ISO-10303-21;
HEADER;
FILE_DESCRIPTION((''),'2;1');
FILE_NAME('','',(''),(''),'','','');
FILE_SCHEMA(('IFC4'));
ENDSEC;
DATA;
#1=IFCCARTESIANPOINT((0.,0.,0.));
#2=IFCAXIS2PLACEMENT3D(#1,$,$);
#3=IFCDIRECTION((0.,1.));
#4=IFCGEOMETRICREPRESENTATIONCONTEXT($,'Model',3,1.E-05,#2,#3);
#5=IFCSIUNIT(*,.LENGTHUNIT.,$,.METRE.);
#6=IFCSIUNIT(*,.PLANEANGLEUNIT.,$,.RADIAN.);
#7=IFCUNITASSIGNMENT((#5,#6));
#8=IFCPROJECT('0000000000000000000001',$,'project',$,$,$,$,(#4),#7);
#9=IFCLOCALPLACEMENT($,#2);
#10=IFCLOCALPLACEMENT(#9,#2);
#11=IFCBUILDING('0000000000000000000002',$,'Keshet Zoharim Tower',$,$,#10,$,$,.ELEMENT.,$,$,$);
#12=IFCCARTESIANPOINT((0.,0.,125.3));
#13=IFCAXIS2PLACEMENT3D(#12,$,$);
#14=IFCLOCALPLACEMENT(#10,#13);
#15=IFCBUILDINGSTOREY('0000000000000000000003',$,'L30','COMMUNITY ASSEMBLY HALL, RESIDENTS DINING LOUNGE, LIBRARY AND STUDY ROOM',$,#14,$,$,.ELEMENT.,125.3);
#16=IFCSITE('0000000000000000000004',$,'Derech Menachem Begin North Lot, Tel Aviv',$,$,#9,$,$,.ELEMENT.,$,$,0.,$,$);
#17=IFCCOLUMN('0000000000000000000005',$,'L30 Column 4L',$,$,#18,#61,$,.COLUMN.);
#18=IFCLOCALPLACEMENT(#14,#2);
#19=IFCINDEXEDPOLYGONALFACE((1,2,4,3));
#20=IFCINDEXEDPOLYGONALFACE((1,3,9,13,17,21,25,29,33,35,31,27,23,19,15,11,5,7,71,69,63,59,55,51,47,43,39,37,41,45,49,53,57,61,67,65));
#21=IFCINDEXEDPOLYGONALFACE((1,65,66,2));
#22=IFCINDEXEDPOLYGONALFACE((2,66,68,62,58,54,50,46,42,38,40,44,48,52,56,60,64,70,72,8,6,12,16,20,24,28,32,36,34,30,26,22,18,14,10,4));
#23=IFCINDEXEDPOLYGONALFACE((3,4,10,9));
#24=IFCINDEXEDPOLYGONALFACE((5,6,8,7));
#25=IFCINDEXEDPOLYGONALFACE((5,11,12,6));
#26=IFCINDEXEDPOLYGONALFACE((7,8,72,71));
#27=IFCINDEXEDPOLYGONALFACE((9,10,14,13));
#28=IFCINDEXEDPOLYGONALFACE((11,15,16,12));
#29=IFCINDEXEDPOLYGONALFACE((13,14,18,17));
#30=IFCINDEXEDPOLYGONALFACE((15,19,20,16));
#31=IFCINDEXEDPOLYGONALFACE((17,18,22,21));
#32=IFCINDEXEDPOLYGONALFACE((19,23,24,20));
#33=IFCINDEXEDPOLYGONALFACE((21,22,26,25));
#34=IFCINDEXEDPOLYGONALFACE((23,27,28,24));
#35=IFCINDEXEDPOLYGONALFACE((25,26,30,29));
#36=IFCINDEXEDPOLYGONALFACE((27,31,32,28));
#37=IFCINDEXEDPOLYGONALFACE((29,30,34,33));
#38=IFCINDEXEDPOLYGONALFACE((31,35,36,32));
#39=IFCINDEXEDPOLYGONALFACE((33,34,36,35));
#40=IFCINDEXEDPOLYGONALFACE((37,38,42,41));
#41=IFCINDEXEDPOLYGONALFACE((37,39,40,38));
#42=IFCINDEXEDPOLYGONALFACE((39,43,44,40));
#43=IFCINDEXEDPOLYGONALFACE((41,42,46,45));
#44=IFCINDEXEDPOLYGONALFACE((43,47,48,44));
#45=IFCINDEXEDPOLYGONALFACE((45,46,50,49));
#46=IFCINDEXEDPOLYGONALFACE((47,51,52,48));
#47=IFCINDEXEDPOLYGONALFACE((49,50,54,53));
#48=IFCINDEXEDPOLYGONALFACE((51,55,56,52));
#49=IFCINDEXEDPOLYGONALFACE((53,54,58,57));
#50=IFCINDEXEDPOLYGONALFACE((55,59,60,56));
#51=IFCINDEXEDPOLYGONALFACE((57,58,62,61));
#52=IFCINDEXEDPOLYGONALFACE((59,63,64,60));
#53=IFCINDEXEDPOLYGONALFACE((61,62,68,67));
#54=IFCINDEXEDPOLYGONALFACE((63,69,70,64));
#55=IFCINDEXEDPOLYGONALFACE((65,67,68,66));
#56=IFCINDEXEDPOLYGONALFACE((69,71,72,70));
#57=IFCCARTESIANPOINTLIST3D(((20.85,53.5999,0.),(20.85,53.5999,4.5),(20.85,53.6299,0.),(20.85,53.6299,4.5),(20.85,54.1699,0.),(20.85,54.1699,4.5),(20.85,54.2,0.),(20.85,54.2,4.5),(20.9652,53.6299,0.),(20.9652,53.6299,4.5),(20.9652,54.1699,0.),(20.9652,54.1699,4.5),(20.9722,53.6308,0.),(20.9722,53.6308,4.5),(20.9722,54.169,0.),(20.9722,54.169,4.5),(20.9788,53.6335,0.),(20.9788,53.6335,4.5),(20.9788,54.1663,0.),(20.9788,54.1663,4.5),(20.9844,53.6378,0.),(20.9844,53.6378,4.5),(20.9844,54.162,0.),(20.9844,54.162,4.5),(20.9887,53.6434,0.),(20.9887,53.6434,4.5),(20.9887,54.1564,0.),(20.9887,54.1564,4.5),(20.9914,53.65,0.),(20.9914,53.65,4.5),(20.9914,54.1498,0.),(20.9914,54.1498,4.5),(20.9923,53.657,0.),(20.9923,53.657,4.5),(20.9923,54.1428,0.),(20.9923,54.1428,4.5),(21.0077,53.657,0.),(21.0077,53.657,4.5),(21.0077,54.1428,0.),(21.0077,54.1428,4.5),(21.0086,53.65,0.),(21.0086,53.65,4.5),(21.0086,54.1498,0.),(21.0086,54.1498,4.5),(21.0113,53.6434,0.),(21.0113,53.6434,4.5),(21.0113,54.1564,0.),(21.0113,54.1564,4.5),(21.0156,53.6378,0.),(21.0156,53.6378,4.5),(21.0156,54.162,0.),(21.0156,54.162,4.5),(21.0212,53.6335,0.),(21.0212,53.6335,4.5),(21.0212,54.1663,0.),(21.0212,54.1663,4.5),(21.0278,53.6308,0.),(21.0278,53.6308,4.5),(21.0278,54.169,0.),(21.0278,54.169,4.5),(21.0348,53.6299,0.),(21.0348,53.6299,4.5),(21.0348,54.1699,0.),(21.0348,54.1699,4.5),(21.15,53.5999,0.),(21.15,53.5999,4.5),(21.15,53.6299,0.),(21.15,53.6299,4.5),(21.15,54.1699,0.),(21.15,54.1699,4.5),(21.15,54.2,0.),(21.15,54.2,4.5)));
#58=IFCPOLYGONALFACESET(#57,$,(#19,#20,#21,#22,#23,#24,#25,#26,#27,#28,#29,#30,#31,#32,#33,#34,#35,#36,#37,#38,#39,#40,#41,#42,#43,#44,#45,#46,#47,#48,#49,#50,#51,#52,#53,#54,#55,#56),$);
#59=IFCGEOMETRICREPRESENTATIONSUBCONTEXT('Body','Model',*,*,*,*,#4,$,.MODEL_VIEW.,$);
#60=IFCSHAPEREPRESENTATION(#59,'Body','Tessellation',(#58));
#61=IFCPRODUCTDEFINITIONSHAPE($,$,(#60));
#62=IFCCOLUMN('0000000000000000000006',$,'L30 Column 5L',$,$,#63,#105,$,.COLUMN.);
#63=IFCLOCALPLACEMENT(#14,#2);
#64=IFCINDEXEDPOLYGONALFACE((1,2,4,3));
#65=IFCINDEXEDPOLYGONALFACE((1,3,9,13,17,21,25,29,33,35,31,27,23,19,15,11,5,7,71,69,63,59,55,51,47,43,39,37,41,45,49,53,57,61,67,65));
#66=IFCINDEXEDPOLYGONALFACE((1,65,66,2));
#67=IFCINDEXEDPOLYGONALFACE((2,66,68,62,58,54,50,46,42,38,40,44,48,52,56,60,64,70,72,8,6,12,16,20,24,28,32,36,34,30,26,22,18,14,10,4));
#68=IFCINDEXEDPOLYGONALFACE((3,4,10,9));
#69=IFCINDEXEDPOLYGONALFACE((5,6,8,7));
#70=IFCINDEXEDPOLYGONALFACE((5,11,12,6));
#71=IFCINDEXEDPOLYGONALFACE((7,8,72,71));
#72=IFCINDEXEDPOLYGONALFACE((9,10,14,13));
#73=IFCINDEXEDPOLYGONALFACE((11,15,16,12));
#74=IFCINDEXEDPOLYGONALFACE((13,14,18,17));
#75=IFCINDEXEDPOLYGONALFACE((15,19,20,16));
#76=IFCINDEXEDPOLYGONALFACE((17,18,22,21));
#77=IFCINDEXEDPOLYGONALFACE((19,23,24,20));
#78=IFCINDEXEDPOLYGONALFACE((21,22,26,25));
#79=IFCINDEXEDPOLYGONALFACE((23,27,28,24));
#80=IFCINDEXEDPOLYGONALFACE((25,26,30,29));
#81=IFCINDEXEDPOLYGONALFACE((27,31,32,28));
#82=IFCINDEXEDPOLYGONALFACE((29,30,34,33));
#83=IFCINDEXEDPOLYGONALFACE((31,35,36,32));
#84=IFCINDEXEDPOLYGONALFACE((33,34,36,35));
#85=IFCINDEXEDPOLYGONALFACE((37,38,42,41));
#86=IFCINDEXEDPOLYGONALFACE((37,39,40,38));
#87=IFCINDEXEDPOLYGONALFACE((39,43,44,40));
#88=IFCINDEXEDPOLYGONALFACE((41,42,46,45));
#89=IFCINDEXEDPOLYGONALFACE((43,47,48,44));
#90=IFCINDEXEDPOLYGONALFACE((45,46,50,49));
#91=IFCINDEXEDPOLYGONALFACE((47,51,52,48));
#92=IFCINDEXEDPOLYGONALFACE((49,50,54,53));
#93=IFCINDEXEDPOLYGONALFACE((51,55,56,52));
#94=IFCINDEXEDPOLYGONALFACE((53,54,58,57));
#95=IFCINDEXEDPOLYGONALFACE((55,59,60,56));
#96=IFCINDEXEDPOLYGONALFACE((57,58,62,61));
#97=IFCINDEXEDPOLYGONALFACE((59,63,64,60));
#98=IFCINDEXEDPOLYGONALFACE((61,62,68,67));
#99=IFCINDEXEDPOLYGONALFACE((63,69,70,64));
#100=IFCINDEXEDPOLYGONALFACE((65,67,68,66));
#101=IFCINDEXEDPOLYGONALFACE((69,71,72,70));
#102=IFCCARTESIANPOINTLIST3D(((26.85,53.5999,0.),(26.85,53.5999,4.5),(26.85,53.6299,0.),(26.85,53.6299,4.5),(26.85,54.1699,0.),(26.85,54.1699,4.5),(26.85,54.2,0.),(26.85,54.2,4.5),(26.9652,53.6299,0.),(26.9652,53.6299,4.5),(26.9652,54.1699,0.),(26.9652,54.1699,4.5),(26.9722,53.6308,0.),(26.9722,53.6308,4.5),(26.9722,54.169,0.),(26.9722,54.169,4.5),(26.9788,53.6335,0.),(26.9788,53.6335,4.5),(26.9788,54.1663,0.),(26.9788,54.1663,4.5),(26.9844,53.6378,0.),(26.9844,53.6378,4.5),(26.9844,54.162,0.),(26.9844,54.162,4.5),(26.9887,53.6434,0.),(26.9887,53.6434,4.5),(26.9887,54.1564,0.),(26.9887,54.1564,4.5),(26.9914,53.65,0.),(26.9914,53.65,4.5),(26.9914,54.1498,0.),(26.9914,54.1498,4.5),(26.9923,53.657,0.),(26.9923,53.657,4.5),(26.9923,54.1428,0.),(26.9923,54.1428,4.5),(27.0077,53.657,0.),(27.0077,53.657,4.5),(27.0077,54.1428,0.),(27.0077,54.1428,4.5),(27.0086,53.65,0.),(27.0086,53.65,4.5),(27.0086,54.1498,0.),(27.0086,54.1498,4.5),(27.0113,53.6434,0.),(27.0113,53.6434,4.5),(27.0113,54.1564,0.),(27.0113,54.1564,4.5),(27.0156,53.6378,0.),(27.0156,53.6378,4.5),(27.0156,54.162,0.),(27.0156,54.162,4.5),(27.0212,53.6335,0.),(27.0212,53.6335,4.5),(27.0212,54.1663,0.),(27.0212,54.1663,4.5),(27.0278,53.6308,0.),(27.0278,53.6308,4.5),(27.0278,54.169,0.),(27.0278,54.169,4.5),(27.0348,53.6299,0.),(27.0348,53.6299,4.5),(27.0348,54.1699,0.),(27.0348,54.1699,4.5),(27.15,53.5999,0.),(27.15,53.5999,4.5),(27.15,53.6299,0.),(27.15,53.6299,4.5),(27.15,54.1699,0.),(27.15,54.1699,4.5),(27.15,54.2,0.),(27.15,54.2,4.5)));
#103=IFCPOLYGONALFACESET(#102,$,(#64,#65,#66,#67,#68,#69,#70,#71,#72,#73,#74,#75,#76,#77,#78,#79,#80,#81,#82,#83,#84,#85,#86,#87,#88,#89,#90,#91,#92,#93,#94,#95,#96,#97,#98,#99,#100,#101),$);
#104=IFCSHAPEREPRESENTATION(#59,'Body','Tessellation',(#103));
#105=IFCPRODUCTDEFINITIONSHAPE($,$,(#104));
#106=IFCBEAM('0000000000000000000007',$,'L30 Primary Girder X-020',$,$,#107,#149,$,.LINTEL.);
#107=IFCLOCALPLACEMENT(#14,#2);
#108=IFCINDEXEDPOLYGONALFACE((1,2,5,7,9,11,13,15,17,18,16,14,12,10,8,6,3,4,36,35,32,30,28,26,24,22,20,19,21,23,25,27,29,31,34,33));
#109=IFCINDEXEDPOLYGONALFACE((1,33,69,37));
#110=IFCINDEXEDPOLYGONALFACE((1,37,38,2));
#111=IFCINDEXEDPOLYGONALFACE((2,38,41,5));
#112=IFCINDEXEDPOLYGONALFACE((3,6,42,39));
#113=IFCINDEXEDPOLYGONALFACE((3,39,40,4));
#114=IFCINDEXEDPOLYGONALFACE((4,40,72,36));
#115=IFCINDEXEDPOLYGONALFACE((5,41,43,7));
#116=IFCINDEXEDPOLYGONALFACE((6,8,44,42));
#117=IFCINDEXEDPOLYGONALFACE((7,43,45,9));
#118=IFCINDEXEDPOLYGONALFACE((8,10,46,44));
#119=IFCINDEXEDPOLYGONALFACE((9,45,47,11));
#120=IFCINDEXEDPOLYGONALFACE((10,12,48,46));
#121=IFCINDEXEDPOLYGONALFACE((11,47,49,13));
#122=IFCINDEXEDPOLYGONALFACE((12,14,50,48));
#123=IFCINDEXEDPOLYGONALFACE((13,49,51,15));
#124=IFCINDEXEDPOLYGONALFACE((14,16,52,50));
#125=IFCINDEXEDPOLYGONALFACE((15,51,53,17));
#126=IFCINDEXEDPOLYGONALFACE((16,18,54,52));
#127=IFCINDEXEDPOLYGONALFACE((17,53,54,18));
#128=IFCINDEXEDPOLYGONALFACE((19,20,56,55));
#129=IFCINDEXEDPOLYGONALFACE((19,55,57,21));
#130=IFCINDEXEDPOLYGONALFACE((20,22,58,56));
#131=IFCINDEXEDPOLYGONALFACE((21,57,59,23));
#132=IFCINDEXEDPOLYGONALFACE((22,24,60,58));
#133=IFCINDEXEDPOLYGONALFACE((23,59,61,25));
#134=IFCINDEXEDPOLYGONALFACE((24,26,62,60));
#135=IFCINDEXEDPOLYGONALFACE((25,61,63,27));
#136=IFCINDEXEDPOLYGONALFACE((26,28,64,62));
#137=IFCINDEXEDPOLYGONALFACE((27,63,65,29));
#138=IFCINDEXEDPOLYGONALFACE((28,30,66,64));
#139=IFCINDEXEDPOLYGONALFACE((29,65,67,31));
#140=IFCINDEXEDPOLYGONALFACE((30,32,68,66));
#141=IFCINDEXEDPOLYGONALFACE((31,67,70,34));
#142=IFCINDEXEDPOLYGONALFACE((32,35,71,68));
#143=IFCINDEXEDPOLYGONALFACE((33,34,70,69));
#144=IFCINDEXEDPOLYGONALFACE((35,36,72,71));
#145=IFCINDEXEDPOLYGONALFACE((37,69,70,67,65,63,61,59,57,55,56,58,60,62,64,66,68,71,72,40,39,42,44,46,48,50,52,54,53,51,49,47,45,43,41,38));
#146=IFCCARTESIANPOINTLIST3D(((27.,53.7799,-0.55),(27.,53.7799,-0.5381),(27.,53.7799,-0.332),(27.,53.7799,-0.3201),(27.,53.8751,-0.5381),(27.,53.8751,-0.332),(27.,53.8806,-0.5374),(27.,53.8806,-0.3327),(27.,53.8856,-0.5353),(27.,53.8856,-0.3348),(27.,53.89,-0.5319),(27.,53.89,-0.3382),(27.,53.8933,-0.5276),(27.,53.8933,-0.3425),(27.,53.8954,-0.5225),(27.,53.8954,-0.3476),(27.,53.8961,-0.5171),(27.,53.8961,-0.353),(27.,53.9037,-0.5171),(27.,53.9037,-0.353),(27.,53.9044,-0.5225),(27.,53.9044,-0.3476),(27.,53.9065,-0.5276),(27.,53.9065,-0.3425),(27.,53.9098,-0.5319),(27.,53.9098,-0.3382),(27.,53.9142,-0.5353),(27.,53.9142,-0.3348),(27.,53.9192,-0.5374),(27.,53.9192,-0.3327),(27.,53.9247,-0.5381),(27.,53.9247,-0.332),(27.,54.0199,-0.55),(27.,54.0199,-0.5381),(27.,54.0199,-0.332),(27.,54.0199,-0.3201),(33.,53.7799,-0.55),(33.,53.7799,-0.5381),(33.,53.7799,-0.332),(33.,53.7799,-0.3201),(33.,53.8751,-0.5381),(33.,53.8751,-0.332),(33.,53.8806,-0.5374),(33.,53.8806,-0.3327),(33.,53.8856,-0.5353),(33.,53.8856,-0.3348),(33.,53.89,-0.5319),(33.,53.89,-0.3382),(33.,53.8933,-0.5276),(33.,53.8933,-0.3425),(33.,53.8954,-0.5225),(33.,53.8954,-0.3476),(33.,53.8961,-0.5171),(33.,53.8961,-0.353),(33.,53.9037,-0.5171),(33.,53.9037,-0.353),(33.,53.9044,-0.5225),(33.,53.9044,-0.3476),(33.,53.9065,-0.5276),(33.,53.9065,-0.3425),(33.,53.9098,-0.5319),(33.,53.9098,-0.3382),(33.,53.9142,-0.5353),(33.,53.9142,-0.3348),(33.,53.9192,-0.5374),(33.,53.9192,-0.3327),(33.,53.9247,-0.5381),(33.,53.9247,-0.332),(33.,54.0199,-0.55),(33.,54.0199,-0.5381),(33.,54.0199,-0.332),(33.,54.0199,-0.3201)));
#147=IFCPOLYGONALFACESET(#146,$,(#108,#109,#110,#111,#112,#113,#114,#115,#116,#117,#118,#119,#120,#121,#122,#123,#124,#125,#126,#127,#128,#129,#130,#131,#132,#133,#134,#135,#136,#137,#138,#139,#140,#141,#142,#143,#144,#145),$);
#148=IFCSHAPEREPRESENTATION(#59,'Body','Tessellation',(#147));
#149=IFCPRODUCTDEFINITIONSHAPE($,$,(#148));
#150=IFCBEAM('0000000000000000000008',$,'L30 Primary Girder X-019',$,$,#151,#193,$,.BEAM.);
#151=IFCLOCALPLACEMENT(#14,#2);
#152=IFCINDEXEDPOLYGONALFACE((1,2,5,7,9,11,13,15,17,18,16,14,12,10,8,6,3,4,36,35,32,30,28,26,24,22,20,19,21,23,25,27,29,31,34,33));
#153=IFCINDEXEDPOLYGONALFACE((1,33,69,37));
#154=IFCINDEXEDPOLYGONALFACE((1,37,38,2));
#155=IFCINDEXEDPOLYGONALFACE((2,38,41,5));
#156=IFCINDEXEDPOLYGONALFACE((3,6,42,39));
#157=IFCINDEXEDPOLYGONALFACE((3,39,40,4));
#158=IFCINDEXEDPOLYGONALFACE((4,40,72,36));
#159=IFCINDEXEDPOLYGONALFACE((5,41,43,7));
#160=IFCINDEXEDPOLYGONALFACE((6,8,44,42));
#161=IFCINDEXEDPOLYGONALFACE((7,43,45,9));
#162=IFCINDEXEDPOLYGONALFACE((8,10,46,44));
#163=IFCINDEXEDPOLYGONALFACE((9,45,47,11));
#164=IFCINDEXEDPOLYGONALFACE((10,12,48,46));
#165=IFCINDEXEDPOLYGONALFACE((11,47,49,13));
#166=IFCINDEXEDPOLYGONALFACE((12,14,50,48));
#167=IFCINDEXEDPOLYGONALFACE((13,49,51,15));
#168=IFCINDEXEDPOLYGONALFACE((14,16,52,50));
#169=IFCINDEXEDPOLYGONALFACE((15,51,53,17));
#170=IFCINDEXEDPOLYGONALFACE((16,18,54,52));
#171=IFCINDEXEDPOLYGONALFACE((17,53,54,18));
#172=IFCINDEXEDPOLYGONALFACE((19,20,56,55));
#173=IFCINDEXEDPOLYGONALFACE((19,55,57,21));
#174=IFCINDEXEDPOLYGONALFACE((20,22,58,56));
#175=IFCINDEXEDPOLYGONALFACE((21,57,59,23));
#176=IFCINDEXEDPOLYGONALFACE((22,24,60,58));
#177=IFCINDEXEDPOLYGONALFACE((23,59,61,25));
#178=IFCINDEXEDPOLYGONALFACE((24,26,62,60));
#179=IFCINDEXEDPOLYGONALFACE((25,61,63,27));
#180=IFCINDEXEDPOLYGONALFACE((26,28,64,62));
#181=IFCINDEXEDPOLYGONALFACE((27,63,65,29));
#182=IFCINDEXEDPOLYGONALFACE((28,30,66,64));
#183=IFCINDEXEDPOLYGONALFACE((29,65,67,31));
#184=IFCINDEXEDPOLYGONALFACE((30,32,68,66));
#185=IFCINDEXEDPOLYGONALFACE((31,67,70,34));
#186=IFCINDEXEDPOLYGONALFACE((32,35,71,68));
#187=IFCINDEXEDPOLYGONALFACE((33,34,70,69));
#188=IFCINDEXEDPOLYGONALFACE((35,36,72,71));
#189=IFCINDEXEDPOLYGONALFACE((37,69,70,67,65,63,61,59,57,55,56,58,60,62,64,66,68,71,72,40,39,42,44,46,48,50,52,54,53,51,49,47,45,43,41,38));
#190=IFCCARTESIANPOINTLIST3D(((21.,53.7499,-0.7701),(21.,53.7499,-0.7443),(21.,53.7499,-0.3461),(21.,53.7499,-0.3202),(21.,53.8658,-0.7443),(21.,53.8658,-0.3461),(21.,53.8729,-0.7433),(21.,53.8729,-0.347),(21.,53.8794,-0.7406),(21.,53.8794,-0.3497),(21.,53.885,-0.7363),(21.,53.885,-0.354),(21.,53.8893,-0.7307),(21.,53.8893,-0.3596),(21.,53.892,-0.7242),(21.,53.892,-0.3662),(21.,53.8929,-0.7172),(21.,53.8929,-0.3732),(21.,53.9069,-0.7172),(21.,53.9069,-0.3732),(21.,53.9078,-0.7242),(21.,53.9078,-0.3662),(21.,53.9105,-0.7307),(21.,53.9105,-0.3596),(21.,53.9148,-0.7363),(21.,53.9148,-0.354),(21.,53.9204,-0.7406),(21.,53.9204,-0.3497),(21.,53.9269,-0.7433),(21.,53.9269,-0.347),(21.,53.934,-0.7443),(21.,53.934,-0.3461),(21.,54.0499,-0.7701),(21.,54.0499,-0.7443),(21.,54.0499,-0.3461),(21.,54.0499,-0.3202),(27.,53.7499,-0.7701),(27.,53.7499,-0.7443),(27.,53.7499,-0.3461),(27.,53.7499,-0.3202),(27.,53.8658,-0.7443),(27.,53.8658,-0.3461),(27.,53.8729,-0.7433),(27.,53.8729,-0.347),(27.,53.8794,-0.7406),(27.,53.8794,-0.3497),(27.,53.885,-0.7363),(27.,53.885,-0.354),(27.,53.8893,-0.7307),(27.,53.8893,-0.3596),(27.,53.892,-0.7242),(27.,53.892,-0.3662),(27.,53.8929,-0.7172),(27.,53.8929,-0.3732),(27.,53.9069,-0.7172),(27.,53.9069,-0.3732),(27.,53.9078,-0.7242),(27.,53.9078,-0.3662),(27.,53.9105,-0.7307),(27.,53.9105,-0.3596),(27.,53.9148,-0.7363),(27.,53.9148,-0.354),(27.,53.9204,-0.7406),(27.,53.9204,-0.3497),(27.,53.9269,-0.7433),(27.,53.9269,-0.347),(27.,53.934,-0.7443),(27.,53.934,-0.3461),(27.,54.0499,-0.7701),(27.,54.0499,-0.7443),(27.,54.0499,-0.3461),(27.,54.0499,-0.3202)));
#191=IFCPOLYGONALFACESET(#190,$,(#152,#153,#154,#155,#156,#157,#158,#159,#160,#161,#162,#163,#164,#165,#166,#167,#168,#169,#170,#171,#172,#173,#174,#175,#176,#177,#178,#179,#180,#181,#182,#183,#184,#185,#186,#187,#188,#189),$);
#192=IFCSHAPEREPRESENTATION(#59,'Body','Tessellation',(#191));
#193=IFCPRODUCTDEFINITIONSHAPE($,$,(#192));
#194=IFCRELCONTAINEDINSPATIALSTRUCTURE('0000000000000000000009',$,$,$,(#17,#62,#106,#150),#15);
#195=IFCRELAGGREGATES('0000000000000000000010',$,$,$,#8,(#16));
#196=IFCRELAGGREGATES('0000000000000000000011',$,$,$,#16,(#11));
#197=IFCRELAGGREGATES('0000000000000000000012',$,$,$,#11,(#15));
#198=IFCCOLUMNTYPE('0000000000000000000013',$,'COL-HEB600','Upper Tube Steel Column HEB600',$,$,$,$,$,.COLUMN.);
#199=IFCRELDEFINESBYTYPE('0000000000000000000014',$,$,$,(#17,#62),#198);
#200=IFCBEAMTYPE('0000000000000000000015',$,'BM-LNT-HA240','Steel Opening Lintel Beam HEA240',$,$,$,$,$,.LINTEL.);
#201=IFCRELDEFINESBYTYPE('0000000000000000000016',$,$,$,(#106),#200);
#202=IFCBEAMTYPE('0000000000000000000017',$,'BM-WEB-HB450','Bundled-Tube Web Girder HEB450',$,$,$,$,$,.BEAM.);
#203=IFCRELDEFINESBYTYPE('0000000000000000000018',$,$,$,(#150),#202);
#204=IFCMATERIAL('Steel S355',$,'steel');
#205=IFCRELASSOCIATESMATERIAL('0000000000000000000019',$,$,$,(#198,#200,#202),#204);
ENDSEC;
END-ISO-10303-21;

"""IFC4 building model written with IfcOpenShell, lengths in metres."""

from ifc_helpers import new_model, si_unit, direction, frame, origin, origin_2d, place, context, subcontext, project, spatial, i_section, extrude, material, material_profile, profile_set, type_object, element, save


model = new_model("IFC4")

# Units and contexts
model_context = context("Model", 3, precision=1e-05, world=origin(), true_north=direction((0.0, 1.0)))
body_context = subcontext(model_context, "Body", "Model", "MODEL_VIEW")
ifc_project = project(units=[si_unit("LENGTHUNIT", "METRE"), si_unit("PLANEANGLEUNIT", "RADIAN")], contexts=[model_context])

# Site, building, storey
site_placement = place(None, origin())
site = spatial("IfcSite", under=ifc_project, at=site_placement, Name="Derech Menachem Begin North Lot, Tel Aviv", CompositionType="ELEMENT", RefElevation=0.0)
building_placement = place(site_placement, origin())
building = spatial("IfcBuilding", under=site, at=building_placement, Name="Keshet Zoharim Tower", CompositionType="ELEMENT")
storey_placement = place(building_placement, frame((0.0, 0.0, 125.3)))
storey = spatial("IfcBuildingStorey", under=building, at=storey_placement, Name="L30", Description="COMMUNITY ASSEMBLY HALL, RESIDENTS DINING LOUNGE, LIBRARY AND STUDY ROOM", CompositionType="ELEMENT", Elevation=125.3)

# Columns
ifc_material_1 = material(Name="Steel S355", Category="steel")
ifc_material_profile_1 = material_profile(ifc_material_1, i_section(OverallWidth=0.3, OverallDepth=0.6001, WebThickness=0.0154, FlangeThickness=0.03, FilletRadius=0.0271, at=origin_2d()), Name="HEB600")
ifc_profile_set_1 = profile_set([ifc_material_profile_1], Name="Steel S355")
column_type = type_object("IfcColumnType", Name="COL-HEB600", Description="Upper Tube Steel Column HEB600", PredefinedType="COLUMN", material=ifc_profile_set_1)
for number, where, z_axis, x_axis, name in (
    (1, (21.0, 53.8999, 0.0), (0.0, 0.0, 1.0), (1.0, 0.0, 0.0), "L30 Column 4L"),
    (2, (27.0, 53.8999, 0.0), (0.0, 0.0, 1.0), (1.0, 0.0, 0.0), "L30 Column 5L"),
):
    element("IfcColumn", number, at=place(storey_placement, frame(where, z_axis=z_axis, x_axis=x_axis)), inside=storey, type_object=column_type, Name=name, PredefinedType="COLUMN", context=body_context, shape_type="SweptSolid", body=[
        extrude(i_section(OverallWidth=0.3, OverallDepth=0.6001, WebThickness=0.0154, FlangeThickness=0.03, FilletRadius=0.0271, at=origin_2d()), origin(), (0.0, 0.0, 1.0), 4.5),
    ])

# Beams
ifc_material_profile_2 = material_profile(ifc_material_1, i_section(OverallWidth=0.24, OverallDepth=0.23, WebThickness=0.0076, FlangeThickness=0.012, FilletRadius=0.021, at=origin_2d()), Name="HEA240")
ifc_profile_set_2 = profile_set([ifc_material_profile_2], Name="Steel S355")
beam_type_1 = type_object("IfcBeamType", Name="BM-LNT-HA240", Description="Steel Opening Lintel Beam HEA240", PredefinedType="LINTEL", material=ifc_profile_set_2)
beam_1_placement = place(storey_placement, frame((27.0, 53.8999, -0.4351), z_axis=(1.0, 0.0, 0.0), x_axis=(0.0, 1.0, 0.0)))
element("IfcBeam", 3, at=beam_1_placement, inside=storey, type_object=beam_type_1, Name="L30 Primary Girder X-020", PredefinedType="LINTEL", context=body_context, shape_type="SweptSolid", body=[
    extrude(i_section(OverallWidth=0.24, OverallDepth=0.23, WebThickness=0.0076, FlangeThickness=0.012, FilletRadius=0.021, at=origin_2d()), origin(), (0.0, 0.0, 1.0), 6.0),
])
ifc_material_profile_3 = material_profile(ifc_material_1, i_section(OverallWidth=0.3, OverallDepth=0.45, WebThickness=0.0139, FlangeThickness=0.0259, FilletRadius=0.0271, at=origin_2d()), Name="HEB450")
ifc_profile_set_3 = profile_set([ifc_material_profile_3], Name="Steel S355")
beam_type_2 = type_object("IfcBeamType", Name="BM-WEB-HB450", Description="Bundled-Tube Web Girder HEB450", PredefinedType="BEAM", material=ifc_profile_set_3)
beam_2_placement = place(storey_placement, frame((21.0, 53.8999, -0.5452), z_axis=(1.0, 0.0, 0.0), x_axis=(0.0, 1.0, 0.0)))
element("IfcBeam", 4, at=beam_2_placement, inside=storey, type_object=beam_type_2, Name="L30 Primary Girder X-019", PredefinedType="BEAM", context=body_context, shape_type="SweptSolid", body=[
    extrude(i_section(OverallWidth=0.3, OverallDepth=0.45, WebThickness=0.0139, FlangeThickness=0.0259, FilletRadius=0.0271, at=origin_2d()), origin(), (0.0, 0.0, 1.0), 6.0),
])

save(model, "model.ifc")
